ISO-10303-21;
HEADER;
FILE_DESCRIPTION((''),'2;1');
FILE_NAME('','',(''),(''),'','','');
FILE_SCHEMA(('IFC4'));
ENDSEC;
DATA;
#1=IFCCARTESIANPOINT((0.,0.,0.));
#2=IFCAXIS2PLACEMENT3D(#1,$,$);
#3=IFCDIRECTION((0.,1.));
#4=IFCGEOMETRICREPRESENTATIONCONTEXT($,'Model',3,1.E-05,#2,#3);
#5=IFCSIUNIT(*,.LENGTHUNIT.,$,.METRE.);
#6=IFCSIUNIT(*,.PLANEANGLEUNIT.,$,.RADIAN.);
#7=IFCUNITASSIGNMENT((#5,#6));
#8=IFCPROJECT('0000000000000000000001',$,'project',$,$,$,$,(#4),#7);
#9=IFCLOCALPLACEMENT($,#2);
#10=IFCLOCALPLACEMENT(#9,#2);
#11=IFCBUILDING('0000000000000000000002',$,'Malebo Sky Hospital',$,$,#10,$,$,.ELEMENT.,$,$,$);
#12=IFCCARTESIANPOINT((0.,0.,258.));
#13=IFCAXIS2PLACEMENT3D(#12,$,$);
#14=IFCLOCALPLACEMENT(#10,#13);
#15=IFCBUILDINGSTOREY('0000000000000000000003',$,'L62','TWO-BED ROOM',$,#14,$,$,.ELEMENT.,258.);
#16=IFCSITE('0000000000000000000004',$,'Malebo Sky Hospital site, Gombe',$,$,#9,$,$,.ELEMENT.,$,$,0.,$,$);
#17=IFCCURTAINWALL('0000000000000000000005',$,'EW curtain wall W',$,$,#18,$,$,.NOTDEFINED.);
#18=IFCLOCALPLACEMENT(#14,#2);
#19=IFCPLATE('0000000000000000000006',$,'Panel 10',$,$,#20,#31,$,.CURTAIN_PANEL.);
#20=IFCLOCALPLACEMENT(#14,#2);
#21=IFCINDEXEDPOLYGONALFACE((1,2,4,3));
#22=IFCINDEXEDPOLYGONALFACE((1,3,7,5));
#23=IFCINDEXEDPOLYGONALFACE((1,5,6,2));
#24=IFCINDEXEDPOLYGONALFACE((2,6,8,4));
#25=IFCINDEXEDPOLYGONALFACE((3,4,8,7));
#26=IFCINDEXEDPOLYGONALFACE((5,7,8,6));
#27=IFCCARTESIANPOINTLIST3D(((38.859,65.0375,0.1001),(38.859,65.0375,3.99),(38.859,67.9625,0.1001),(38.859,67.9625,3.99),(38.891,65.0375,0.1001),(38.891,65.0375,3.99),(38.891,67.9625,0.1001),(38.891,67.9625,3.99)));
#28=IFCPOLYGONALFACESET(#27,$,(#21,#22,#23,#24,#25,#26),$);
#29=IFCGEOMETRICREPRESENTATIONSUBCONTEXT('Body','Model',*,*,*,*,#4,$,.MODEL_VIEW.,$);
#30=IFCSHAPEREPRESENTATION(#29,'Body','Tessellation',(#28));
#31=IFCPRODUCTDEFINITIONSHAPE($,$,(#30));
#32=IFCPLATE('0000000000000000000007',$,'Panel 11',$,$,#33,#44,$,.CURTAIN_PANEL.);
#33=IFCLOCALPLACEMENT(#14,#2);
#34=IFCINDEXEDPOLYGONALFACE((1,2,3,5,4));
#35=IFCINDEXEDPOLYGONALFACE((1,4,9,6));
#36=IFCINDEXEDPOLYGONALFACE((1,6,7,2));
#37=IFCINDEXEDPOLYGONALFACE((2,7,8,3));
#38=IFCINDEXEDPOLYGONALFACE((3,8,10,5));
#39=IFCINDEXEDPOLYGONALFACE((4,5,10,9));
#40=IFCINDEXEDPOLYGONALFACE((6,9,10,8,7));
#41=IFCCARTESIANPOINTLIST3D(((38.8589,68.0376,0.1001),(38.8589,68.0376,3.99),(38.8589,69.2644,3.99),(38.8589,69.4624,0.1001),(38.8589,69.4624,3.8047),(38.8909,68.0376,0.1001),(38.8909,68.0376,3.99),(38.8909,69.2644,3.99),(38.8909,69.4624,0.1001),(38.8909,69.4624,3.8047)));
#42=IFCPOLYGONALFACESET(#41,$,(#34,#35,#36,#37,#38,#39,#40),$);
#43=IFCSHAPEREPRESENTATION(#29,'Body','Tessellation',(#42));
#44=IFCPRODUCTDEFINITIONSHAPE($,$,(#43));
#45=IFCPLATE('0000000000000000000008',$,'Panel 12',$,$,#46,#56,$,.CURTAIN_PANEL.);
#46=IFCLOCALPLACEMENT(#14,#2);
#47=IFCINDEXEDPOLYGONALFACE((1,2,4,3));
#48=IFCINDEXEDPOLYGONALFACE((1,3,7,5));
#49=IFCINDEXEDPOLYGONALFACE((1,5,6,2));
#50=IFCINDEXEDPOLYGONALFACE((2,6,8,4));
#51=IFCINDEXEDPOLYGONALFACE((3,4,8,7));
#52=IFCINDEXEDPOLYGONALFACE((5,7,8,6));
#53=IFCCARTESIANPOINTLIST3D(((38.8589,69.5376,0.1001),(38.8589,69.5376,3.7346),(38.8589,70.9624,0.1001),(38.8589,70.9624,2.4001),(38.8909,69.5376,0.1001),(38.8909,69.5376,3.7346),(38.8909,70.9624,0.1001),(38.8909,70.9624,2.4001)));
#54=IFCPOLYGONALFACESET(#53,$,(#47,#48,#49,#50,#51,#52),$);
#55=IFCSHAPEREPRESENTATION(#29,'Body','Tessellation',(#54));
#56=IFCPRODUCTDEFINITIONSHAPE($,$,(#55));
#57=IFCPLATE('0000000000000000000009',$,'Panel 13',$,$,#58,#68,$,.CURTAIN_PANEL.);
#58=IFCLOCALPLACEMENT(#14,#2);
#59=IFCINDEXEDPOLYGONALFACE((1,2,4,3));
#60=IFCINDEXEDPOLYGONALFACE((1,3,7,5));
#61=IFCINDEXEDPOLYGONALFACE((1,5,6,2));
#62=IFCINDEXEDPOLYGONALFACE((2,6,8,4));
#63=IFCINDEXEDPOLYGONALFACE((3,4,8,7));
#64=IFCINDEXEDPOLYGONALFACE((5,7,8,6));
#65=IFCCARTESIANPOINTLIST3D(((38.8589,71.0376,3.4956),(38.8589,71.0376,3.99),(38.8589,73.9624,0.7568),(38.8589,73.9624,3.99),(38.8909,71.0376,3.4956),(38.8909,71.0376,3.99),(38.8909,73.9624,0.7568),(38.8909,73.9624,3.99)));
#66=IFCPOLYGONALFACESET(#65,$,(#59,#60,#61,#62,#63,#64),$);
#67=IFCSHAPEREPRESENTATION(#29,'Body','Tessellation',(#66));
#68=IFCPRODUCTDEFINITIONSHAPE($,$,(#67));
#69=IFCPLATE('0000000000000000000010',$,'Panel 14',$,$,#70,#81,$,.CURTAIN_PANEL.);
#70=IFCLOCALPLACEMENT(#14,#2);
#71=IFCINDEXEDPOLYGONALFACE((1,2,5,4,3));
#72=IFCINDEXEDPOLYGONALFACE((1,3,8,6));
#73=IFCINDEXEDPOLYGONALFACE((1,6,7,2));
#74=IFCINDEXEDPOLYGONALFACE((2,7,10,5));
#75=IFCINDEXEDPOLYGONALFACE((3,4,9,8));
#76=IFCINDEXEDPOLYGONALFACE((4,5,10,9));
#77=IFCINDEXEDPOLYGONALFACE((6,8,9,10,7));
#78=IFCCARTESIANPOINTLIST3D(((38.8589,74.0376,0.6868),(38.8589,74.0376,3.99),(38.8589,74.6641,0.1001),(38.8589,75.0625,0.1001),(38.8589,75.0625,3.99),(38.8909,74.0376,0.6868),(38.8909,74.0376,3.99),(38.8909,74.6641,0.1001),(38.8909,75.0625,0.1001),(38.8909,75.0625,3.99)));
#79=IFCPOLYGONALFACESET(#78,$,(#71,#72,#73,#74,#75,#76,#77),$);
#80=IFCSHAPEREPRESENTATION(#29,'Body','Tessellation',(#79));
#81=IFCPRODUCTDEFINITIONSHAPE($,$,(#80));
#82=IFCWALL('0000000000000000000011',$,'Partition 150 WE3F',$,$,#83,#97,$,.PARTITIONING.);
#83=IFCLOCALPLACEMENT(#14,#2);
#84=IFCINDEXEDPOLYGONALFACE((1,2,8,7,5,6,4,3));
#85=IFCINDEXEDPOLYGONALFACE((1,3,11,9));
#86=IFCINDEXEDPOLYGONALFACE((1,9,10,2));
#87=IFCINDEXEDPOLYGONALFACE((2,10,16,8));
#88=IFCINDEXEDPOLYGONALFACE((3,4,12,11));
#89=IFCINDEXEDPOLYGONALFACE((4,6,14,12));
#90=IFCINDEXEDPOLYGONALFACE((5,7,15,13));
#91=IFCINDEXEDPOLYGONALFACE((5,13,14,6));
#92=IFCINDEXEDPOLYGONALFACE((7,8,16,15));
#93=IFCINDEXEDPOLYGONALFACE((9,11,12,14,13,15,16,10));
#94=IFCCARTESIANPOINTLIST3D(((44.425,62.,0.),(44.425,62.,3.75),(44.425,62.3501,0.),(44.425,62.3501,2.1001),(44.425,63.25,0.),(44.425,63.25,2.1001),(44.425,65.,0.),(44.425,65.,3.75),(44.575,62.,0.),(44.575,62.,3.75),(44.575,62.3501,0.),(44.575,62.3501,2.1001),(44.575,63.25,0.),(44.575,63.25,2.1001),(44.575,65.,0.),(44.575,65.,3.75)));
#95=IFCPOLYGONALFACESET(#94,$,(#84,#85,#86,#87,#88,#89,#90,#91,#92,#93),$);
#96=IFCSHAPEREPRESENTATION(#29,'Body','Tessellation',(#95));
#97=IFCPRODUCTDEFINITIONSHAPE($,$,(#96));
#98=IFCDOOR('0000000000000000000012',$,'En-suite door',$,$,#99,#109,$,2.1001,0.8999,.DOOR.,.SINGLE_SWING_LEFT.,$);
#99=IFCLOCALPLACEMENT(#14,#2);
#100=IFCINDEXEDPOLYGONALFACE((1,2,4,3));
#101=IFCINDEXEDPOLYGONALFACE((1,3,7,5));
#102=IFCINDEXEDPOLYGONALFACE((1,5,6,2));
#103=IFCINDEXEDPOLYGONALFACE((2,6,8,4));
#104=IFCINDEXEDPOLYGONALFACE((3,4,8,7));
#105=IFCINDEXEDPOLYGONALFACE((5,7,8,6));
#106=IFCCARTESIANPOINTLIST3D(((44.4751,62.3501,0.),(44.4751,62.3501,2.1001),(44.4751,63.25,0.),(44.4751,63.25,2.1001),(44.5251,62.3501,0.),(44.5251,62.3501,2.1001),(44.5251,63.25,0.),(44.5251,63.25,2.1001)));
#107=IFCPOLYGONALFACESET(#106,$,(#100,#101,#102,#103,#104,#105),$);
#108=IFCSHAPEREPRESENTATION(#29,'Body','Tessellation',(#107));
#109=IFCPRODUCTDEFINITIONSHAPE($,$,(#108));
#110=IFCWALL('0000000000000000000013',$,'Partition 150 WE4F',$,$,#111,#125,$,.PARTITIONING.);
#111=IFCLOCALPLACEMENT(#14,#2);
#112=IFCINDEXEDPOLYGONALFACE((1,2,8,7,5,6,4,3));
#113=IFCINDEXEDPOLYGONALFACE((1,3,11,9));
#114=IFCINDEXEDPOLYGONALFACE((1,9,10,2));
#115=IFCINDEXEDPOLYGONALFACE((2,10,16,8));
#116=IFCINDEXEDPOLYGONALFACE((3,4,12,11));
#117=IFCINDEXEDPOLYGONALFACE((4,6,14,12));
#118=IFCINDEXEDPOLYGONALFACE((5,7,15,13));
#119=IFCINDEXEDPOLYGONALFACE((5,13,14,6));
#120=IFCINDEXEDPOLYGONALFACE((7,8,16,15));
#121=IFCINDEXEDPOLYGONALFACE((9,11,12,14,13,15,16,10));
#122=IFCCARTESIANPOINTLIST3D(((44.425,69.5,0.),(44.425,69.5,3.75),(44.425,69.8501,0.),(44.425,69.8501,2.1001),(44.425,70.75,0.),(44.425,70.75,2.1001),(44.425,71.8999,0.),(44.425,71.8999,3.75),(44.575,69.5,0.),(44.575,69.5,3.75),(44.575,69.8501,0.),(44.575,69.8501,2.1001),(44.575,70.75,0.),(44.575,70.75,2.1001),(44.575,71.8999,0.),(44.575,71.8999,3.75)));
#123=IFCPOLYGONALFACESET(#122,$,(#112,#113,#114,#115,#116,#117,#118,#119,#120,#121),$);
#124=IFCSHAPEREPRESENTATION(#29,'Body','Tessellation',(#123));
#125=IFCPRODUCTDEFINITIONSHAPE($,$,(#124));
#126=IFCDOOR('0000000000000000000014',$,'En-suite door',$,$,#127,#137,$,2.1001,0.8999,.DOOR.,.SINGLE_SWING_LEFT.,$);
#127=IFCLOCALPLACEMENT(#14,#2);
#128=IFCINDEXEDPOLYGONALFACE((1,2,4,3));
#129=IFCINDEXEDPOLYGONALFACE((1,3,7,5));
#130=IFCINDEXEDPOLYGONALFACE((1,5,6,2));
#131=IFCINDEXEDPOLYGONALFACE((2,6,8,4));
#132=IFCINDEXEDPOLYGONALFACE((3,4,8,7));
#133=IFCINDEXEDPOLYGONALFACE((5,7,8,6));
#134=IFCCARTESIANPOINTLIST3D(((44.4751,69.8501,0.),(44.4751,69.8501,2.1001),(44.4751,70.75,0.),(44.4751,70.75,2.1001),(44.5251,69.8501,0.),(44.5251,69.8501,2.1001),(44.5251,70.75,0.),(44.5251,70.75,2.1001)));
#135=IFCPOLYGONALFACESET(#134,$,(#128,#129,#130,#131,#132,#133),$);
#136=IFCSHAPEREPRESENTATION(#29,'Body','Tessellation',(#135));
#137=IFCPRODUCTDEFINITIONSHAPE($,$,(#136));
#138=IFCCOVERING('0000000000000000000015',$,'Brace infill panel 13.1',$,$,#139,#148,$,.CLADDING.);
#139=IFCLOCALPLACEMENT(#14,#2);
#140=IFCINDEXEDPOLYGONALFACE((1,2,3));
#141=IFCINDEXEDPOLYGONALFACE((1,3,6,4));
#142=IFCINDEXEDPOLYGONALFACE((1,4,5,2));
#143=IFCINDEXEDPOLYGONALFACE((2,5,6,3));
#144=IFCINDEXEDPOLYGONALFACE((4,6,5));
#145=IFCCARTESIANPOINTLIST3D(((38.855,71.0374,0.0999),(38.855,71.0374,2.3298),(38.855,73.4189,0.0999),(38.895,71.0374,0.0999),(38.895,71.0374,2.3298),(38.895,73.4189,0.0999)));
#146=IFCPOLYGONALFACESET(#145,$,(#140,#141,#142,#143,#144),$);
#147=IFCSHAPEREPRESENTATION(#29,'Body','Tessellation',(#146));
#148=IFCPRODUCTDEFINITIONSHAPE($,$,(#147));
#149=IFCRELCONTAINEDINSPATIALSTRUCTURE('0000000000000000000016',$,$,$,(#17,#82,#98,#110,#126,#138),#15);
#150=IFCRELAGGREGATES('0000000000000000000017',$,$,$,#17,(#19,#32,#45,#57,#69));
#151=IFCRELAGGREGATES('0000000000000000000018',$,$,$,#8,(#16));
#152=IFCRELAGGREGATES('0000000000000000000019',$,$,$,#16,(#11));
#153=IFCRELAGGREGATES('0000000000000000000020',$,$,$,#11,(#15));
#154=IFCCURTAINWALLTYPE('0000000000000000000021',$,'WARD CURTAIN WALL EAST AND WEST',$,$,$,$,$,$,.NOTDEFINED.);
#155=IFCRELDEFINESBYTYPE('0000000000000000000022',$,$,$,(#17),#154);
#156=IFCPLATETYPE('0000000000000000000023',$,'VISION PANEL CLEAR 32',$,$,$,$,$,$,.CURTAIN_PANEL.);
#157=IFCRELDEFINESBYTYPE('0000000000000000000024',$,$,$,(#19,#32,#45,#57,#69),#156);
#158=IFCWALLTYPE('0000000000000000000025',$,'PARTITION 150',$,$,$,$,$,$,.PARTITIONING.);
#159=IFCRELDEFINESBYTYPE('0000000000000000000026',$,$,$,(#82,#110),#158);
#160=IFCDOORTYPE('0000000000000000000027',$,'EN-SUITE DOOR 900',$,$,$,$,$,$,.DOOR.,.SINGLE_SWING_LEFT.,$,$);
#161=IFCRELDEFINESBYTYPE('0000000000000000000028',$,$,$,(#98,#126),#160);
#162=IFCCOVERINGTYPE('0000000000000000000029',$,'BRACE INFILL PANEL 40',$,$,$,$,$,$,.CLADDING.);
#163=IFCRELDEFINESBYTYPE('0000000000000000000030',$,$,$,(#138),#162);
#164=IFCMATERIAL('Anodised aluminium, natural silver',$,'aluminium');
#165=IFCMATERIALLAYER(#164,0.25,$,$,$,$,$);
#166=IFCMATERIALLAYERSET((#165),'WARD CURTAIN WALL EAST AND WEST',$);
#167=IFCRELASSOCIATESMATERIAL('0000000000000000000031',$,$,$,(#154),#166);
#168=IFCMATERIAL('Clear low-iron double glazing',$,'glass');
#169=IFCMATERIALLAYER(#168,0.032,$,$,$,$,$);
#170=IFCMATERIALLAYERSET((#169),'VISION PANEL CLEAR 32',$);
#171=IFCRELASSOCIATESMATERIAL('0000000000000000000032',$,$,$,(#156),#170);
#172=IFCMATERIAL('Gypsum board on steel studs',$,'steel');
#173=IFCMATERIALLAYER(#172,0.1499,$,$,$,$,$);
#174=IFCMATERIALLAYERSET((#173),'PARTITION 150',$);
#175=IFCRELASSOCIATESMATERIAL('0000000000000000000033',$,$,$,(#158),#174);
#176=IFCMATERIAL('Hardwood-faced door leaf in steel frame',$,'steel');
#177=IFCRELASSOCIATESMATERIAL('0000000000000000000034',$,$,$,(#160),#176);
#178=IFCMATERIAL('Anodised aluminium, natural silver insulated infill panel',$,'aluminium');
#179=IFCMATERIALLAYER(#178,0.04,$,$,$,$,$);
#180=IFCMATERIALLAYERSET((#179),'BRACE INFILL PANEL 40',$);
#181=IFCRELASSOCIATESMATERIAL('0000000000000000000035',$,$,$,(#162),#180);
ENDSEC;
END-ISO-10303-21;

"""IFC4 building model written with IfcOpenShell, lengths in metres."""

from ifc_helpers import new_model, si_unit, direction, frame, frame_2d, origin, origin_2d, place, context, subcontext, project, spatial, polyline, rectangle, outline, extrude, material, layer, layer_set, type_object, element, fill, aggregate, save


model = new_model("IFC4")

# Units and contexts
model_context = context("Model", 3, precision=1e-05, world=origin(), true_north=direction((0.0, 1.0)))
body_context = subcontext(model_context, "Body", "Model", "MODEL_VIEW")
ifc_project = project(units=[si_unit("LENGTHUNIT", "METRE"), si_unit("PLANEANGLEUNIT", "RADIAN")], contexts=[model_context])

# Site, building, storey
site_placement = place(None, origin())
site = spatial("IfcSite", under=ifc_project, at=site_placement, Name="Malebo Sky Hospital site, Gombe", CompositionType="ELEMENT", RefElevation=0.0)
building_placement = place(site_placement, origin())
building = spatial("IfcBuilding", under=site, at=building_placement, Name="Malebo Sky Hospital", CompositionType="ELEMENT")
storey_placement = place(building_placement, frame((0.0, 0.0, 258.0)))
storey = spatial("IfcBuildingStorey", under=building, at=storey_placement, Name="L62", Description="TWO-BED ROOM", CompositionType="ELEMENT", Elevation=258.0)

# Curtain wall
ifc_material_1 = material(Name="Anodised aluminium, natural silver", Category="aluminium")
ifc_layer_1 = layer(ifc_material_1, 0.25)
ifc_layer_set_1 = layer_set([ifc_layer_1], Name="WARD CURTAIN WALL EAST AND WEST")
curtain_wall_type = type_object("IfcCurtainWallType", Name="WARD CURTAIN WALL EAST AND WEST", PredefinedType="NOTDEFINED", material=ifc_layer_set_1)
curtain_wall_placement = place(storey_placement, origin())
curtain_wall = element("IfcCurtainWall", 1, at=curtain_wall_placement, inside=storey, type_object=curtain_wall_type, Name="EW curtain wall W", PredefinedType="NOTDEFINED")

# Plates
ifc_material_2 = material(Name="Clear low-iron double glazing", Category="glass")
ifc_layer_2 = layer(ifc_material_2, 0.032)
ifc_layer_set_2 = layer_set([ifc_layer_2], Name="VISION PANEL CLEAR 32")
plate_type = type_object("IfcPlateType", Name="VISION PANEL CLEAR 32", PredefinedType="CURTAIN_PANEL", material=ifc_layer_set_2)
plate_1_placement = place(storey_placement, frame((38.875, 66.5, 0.1001), z_axis=(0.0, 0.0, 1.0), x_axis=(0.0, 1.0, 0.0)))
plate_1 = element("IfcPlate", 2, at=plate_1_placement, type_object=plate_type, Name="Panel 10", PredefinedType="CURTAIN_PANEL", context=body_context, shape_type="SweptSolid", body=[
    extrude(rectangle(XDim=2.925, YDim=0.032, at=origin_2d()), origin(), (0.0, 0.0, 1.0), 3.8899),
])
plate_2_placement = place(storey_placement, frame((38.875, 68.75, 0.1001), z_axis=(0.0, 0.0, 1.0), x_axis=(0.0, 1.0, 0.0)))
plate_2 = element("IfcPlate", 3, at=plate_2_placement, type_object=plate_type, Name="Panel 11", PredefinedType="CURTAIN_PANEL", context=body_context, shape_type="SweptSolid", body=[
    extrude(outline(polyline([(-0.7124, 0.0), (0.7124, 0.0), (0.7124, 3.7046), (0.5144, 3.8899), (-0.7124, 3.8899), (-0.7124, 0.0)])), frame((0.0, 0.0161, 0.0), z_axis=(0.0, -1.0, 0.0), x_axis=(1.0, 0.0, 0.0)), (0.0, 0.0, 1.0), 0.032),
])
plate_3_placement = place(storey_placement, frame((38.875, 70.25, 0.1001), z_axis=(0.0, 0.0, 1.0), x_axis=(0.0, 1.0, 0.0)))
plate_3 = element("IfcPlate", 4, at=plate_3_placement, type_object=plate_type, Name="Panel 12", PredefinedType="CURTAIN_PANEL", context=body_context, shape_type="SweptSolid", body=[
    extrude(outline(polyline([(-0.7124, 0.0), (0.7124, 0.0), (0.7124, 2.3), (-0.7124, 3.6345), (-0.7124, 0.0)])), frame((0.0, 0.0161, 0.0), z_axis=(0.0, -1.0, 0.0), x_axis=(1.0, 0.0, 0.0)), (0.0, 0.0, 1.0), 0.032),
])
plate_4_placement = place(storey_placement, frame((38.875, 72.5, 0.7568), z_axis=(0.0, 0.0, 1.0), x_axis=(0.0, 1.0, 0.0)))
plate_4 = element("IfcPlate", 5, at=plate_4_placement, type_object=plate_type, Name="Panel 13", PredefinedType="CURTAIN_PANEL", context=body_context, shape_type="SweptSolid", body=[
    extrude(outline(polyline([(1.4624, 0.0), (1.4624, 3.2332), (-1.4624, 3.2332), (-1.4624, 2.7388), (1.4624, 0.0)])), frame((0.0, 0.0161, 0.0), z_axis=(0.0, -1.0, 0.0), x_axis=(1.0, 0.0, 0.0)), (0.0, 0.0, 1.0), 0.032),
])
plate_5_placement = place(storey_placement, frame((38.875, 74.55, 0.1001), z_axis=(0.0, 0.0, 1.0), x_axis=(0.0, 1.0, 0.0)))
plate_5 = element("IfcPlate", 6, at=plate_5_placement, type_object=plate_type, Name="Panel 14", PredefinedType="CURTAIN_PANEL", context=body_context, shape_type="SweptSolid", body=[
    extrude(outline(polyline([(0.114, 0.0), (0.5125, 0.0), (0.5125, 3.8899), (-0.5125, 3.8899), (-0.5125, 0.5867), (0.114, 0.0)])), frame((0.0, 0.0161, 0.0), z_axis=(0.0, -1.0, 0.0), x_axis=(1.0, 0.0, 0.0)), (0.0, 0.0, 1.0), 0.032),
])
aggregate(curtain_wall, [plate_1, plate_2, plate_3, plate_4, plate_5])

# Walls, openings, doors
ifc_material_3 = material(Name="Gypsum board on steel studs", Category="steel")
ifc_layer_3 = layer(ifc_material_3, 0.1499)
ifc_layer_set_3 = layer_set([ifc_layer_3], Name="PARTITION 150")
wall_type = type_object("IfcWallType", Name="PARTITION 150", PredefinedType="PARTITIONING", material=ifc_layer_set_3)
wall_1_placement = place(storey_placement, frame((44.5, 62.0, 0.0), z_axis=(0.0, 0.0, 1.0), x_axis=(0.0, 1.0, 0.0)))
wall_1 = element("IfcWall", 7, at=wall_1_placement, inside=storey, type_object=wall_type, Name="Partition 150 WE3F", PredefinedType="PARTITIONING", context=body_context, shape_type="SweptSolid", body=[
    extrude(rectangle(XDim=3.0, YDim=0.1499, at=frame_2d((1.5, 0.0))), origin(), (0.0, 0.0, 1.0), 3.75),
])
opening_1_placement = place(wall_1_placement, frame((0.3501, 0.0, 0.0)))
opening_1 = element("IfcOpeningElement", 8, at=opening_1_placement, cuts=wall_1, PredefinedType="OPENING", context=body_context, shape_type="SweptSolid", body=[
    extrude(rectangle(XDim=0.8999, YDim=2.1001, at=frame_2d((0.45, 1.05))), frame((0.0, 0.085, 0.0), z_axis=(0.0, -1.0, 0.0), x_axis=(1.0, 0.0, 0.0)), (0.0, 0.0, 1.0), 0.1699),
])
ifc_material_4 = material(Name="Hardwood-faced door leaf in steel frame", Category="steel")
door_type = type_object("IfcDoorType", Name="EN-SUITE DOOR 900", OperationType="SINGLE_SWING_LEFT", PredefinedType="DOOR", material=ifc_material_4)
door_1_placement = place(opening_1_placement, origin())
door_1 = element("IfcDoor", 9, at=door_1_placement, inside=storey, type_object=door_type, Name="En-suite door", OperationType="SINGLE_SWING_LEFT", OverallHeight=2.1001, OverallWidth=0.8999, PredefinedType="DOOR", context=body_context, shape_type="SweptSolid", body=[
    extrude(rectangle(XDim=0.8999, YDim=2.1001, at=frame_2d((0.45, 1.05))), frame((0.0, 0.0249, 0.0), z_axis=(0.0, -1.0, 0.0), x_axis=(1.0, 0.0, 0.0)), (0.0, 0.0, 1.0), 0.05),
])
fill(opening_1, door_1)
wall_2_placement = place(storey_placement, frame((44.5, 69.5, 0.0), z_axis=(0.0, 0.0, 1.0), x_axis=(0.0, 1.0, 0.0)))
wall_2 = element("IfcWall", 10, at=wall_2_placement, inside=storey, type_object=wall_type, Name="Partition 150 WE4F", PredefinedType="PARTITIONING", context=body_context, shape_type="SweptSolid", body=[
    extrude(rectangle(XDim=2.3999, YDim=0.1499, at=frame_2d((1.2, 0.0))), origin(), (0.0, 0.0, 1.0), 3.75),
])
opening_2_placement = place(wall_2_placement, frame((0.3501, 0.0, 0.0)))
opening_2 = element("IfcOpeningElement", 11, at=opening_2_placement, cuts=wall_2, PredefinedType="OPENING", context=body_context, shape_type="SweptSolid", body=[
    extrude(rectangle(XDim=0.8999, YDim=2.1001, at=frame_2d((0.45, 1.05))), frame((0.0, 0.085, 0.0), z_axis=(0.0, -1.0, 0.0), x_axis=(1.0, 0.0, 0.0)), (0.0, 0.0, 1.0), 0.1699),
])
door_2_placement = place(opening_2_placement, origin())
door_2 = element("IfcDoor", 12, at=door_2_placement, inside=storey, type_object=door_type, Name="En-suite door", OperationType="SINGLE_SWING_LEFT", OverallHeight=2.1001, OverallWidth=0.8999, PredefinedType="DOOR", context=body_context, shape_type="SweptSolid", body=[
    extrude(rectangle(XDim=0.8999, YDim=2.1001, at=frame_2d((0.45, 1.05))), frame((0.0, 0.0249, 0.0), z_axis=(0.0, -1.0, 0.0), x_axis=(1.0, 0.0, 0.0)), (0.0, 0.0, 1.0), 0.05),
])
fill(opening_2, door_2)

# Covering
ifc_material_5 = material(Name="Anodised aluminium, natural silver insulated infill panel", Category="aluminium")
ifc_layer_4 = layer(ifc_material_5, 0.04)
ifc_layer_set_4 = layer_set([ifc_layer_4], Name="BRACE INFILL PANEL 40")
covering_type = type_object("IfcCoveringType", Name="BRACE INFILL PANEL 40", PredefinedType="CLADDING", material=ifc_layer_set_4)
covering_1_placement = place(storey_placement, frame((38.875, 72.2283, 0.0999), z_axis=(0.0, 0.0, 1.0), x_axis=(0.0, 1.0, 0.0)))
element("IfcCovering", 13, at=covering_1_placement, inside=storey, type_object=covering_type, Name="Brace infill panel 13.1", PredefinedType="CLADDING", context=body_context, shape_type="SweptSolid", body=[
    extrude(outline(polyline([(-1.1909, 0.0), (1.1907, 0.0), (-1.1909, 2.23), (-1.1909, 0.0)])), frame((0.0, 0.02, 0.0), z_axis=(0.0, -1.0, 0.0), x_axis=(1.0, 0.0, 0.0)), (0.0, 0.0, 1.0), 0.04),
])

save(model, "model.ifc")
